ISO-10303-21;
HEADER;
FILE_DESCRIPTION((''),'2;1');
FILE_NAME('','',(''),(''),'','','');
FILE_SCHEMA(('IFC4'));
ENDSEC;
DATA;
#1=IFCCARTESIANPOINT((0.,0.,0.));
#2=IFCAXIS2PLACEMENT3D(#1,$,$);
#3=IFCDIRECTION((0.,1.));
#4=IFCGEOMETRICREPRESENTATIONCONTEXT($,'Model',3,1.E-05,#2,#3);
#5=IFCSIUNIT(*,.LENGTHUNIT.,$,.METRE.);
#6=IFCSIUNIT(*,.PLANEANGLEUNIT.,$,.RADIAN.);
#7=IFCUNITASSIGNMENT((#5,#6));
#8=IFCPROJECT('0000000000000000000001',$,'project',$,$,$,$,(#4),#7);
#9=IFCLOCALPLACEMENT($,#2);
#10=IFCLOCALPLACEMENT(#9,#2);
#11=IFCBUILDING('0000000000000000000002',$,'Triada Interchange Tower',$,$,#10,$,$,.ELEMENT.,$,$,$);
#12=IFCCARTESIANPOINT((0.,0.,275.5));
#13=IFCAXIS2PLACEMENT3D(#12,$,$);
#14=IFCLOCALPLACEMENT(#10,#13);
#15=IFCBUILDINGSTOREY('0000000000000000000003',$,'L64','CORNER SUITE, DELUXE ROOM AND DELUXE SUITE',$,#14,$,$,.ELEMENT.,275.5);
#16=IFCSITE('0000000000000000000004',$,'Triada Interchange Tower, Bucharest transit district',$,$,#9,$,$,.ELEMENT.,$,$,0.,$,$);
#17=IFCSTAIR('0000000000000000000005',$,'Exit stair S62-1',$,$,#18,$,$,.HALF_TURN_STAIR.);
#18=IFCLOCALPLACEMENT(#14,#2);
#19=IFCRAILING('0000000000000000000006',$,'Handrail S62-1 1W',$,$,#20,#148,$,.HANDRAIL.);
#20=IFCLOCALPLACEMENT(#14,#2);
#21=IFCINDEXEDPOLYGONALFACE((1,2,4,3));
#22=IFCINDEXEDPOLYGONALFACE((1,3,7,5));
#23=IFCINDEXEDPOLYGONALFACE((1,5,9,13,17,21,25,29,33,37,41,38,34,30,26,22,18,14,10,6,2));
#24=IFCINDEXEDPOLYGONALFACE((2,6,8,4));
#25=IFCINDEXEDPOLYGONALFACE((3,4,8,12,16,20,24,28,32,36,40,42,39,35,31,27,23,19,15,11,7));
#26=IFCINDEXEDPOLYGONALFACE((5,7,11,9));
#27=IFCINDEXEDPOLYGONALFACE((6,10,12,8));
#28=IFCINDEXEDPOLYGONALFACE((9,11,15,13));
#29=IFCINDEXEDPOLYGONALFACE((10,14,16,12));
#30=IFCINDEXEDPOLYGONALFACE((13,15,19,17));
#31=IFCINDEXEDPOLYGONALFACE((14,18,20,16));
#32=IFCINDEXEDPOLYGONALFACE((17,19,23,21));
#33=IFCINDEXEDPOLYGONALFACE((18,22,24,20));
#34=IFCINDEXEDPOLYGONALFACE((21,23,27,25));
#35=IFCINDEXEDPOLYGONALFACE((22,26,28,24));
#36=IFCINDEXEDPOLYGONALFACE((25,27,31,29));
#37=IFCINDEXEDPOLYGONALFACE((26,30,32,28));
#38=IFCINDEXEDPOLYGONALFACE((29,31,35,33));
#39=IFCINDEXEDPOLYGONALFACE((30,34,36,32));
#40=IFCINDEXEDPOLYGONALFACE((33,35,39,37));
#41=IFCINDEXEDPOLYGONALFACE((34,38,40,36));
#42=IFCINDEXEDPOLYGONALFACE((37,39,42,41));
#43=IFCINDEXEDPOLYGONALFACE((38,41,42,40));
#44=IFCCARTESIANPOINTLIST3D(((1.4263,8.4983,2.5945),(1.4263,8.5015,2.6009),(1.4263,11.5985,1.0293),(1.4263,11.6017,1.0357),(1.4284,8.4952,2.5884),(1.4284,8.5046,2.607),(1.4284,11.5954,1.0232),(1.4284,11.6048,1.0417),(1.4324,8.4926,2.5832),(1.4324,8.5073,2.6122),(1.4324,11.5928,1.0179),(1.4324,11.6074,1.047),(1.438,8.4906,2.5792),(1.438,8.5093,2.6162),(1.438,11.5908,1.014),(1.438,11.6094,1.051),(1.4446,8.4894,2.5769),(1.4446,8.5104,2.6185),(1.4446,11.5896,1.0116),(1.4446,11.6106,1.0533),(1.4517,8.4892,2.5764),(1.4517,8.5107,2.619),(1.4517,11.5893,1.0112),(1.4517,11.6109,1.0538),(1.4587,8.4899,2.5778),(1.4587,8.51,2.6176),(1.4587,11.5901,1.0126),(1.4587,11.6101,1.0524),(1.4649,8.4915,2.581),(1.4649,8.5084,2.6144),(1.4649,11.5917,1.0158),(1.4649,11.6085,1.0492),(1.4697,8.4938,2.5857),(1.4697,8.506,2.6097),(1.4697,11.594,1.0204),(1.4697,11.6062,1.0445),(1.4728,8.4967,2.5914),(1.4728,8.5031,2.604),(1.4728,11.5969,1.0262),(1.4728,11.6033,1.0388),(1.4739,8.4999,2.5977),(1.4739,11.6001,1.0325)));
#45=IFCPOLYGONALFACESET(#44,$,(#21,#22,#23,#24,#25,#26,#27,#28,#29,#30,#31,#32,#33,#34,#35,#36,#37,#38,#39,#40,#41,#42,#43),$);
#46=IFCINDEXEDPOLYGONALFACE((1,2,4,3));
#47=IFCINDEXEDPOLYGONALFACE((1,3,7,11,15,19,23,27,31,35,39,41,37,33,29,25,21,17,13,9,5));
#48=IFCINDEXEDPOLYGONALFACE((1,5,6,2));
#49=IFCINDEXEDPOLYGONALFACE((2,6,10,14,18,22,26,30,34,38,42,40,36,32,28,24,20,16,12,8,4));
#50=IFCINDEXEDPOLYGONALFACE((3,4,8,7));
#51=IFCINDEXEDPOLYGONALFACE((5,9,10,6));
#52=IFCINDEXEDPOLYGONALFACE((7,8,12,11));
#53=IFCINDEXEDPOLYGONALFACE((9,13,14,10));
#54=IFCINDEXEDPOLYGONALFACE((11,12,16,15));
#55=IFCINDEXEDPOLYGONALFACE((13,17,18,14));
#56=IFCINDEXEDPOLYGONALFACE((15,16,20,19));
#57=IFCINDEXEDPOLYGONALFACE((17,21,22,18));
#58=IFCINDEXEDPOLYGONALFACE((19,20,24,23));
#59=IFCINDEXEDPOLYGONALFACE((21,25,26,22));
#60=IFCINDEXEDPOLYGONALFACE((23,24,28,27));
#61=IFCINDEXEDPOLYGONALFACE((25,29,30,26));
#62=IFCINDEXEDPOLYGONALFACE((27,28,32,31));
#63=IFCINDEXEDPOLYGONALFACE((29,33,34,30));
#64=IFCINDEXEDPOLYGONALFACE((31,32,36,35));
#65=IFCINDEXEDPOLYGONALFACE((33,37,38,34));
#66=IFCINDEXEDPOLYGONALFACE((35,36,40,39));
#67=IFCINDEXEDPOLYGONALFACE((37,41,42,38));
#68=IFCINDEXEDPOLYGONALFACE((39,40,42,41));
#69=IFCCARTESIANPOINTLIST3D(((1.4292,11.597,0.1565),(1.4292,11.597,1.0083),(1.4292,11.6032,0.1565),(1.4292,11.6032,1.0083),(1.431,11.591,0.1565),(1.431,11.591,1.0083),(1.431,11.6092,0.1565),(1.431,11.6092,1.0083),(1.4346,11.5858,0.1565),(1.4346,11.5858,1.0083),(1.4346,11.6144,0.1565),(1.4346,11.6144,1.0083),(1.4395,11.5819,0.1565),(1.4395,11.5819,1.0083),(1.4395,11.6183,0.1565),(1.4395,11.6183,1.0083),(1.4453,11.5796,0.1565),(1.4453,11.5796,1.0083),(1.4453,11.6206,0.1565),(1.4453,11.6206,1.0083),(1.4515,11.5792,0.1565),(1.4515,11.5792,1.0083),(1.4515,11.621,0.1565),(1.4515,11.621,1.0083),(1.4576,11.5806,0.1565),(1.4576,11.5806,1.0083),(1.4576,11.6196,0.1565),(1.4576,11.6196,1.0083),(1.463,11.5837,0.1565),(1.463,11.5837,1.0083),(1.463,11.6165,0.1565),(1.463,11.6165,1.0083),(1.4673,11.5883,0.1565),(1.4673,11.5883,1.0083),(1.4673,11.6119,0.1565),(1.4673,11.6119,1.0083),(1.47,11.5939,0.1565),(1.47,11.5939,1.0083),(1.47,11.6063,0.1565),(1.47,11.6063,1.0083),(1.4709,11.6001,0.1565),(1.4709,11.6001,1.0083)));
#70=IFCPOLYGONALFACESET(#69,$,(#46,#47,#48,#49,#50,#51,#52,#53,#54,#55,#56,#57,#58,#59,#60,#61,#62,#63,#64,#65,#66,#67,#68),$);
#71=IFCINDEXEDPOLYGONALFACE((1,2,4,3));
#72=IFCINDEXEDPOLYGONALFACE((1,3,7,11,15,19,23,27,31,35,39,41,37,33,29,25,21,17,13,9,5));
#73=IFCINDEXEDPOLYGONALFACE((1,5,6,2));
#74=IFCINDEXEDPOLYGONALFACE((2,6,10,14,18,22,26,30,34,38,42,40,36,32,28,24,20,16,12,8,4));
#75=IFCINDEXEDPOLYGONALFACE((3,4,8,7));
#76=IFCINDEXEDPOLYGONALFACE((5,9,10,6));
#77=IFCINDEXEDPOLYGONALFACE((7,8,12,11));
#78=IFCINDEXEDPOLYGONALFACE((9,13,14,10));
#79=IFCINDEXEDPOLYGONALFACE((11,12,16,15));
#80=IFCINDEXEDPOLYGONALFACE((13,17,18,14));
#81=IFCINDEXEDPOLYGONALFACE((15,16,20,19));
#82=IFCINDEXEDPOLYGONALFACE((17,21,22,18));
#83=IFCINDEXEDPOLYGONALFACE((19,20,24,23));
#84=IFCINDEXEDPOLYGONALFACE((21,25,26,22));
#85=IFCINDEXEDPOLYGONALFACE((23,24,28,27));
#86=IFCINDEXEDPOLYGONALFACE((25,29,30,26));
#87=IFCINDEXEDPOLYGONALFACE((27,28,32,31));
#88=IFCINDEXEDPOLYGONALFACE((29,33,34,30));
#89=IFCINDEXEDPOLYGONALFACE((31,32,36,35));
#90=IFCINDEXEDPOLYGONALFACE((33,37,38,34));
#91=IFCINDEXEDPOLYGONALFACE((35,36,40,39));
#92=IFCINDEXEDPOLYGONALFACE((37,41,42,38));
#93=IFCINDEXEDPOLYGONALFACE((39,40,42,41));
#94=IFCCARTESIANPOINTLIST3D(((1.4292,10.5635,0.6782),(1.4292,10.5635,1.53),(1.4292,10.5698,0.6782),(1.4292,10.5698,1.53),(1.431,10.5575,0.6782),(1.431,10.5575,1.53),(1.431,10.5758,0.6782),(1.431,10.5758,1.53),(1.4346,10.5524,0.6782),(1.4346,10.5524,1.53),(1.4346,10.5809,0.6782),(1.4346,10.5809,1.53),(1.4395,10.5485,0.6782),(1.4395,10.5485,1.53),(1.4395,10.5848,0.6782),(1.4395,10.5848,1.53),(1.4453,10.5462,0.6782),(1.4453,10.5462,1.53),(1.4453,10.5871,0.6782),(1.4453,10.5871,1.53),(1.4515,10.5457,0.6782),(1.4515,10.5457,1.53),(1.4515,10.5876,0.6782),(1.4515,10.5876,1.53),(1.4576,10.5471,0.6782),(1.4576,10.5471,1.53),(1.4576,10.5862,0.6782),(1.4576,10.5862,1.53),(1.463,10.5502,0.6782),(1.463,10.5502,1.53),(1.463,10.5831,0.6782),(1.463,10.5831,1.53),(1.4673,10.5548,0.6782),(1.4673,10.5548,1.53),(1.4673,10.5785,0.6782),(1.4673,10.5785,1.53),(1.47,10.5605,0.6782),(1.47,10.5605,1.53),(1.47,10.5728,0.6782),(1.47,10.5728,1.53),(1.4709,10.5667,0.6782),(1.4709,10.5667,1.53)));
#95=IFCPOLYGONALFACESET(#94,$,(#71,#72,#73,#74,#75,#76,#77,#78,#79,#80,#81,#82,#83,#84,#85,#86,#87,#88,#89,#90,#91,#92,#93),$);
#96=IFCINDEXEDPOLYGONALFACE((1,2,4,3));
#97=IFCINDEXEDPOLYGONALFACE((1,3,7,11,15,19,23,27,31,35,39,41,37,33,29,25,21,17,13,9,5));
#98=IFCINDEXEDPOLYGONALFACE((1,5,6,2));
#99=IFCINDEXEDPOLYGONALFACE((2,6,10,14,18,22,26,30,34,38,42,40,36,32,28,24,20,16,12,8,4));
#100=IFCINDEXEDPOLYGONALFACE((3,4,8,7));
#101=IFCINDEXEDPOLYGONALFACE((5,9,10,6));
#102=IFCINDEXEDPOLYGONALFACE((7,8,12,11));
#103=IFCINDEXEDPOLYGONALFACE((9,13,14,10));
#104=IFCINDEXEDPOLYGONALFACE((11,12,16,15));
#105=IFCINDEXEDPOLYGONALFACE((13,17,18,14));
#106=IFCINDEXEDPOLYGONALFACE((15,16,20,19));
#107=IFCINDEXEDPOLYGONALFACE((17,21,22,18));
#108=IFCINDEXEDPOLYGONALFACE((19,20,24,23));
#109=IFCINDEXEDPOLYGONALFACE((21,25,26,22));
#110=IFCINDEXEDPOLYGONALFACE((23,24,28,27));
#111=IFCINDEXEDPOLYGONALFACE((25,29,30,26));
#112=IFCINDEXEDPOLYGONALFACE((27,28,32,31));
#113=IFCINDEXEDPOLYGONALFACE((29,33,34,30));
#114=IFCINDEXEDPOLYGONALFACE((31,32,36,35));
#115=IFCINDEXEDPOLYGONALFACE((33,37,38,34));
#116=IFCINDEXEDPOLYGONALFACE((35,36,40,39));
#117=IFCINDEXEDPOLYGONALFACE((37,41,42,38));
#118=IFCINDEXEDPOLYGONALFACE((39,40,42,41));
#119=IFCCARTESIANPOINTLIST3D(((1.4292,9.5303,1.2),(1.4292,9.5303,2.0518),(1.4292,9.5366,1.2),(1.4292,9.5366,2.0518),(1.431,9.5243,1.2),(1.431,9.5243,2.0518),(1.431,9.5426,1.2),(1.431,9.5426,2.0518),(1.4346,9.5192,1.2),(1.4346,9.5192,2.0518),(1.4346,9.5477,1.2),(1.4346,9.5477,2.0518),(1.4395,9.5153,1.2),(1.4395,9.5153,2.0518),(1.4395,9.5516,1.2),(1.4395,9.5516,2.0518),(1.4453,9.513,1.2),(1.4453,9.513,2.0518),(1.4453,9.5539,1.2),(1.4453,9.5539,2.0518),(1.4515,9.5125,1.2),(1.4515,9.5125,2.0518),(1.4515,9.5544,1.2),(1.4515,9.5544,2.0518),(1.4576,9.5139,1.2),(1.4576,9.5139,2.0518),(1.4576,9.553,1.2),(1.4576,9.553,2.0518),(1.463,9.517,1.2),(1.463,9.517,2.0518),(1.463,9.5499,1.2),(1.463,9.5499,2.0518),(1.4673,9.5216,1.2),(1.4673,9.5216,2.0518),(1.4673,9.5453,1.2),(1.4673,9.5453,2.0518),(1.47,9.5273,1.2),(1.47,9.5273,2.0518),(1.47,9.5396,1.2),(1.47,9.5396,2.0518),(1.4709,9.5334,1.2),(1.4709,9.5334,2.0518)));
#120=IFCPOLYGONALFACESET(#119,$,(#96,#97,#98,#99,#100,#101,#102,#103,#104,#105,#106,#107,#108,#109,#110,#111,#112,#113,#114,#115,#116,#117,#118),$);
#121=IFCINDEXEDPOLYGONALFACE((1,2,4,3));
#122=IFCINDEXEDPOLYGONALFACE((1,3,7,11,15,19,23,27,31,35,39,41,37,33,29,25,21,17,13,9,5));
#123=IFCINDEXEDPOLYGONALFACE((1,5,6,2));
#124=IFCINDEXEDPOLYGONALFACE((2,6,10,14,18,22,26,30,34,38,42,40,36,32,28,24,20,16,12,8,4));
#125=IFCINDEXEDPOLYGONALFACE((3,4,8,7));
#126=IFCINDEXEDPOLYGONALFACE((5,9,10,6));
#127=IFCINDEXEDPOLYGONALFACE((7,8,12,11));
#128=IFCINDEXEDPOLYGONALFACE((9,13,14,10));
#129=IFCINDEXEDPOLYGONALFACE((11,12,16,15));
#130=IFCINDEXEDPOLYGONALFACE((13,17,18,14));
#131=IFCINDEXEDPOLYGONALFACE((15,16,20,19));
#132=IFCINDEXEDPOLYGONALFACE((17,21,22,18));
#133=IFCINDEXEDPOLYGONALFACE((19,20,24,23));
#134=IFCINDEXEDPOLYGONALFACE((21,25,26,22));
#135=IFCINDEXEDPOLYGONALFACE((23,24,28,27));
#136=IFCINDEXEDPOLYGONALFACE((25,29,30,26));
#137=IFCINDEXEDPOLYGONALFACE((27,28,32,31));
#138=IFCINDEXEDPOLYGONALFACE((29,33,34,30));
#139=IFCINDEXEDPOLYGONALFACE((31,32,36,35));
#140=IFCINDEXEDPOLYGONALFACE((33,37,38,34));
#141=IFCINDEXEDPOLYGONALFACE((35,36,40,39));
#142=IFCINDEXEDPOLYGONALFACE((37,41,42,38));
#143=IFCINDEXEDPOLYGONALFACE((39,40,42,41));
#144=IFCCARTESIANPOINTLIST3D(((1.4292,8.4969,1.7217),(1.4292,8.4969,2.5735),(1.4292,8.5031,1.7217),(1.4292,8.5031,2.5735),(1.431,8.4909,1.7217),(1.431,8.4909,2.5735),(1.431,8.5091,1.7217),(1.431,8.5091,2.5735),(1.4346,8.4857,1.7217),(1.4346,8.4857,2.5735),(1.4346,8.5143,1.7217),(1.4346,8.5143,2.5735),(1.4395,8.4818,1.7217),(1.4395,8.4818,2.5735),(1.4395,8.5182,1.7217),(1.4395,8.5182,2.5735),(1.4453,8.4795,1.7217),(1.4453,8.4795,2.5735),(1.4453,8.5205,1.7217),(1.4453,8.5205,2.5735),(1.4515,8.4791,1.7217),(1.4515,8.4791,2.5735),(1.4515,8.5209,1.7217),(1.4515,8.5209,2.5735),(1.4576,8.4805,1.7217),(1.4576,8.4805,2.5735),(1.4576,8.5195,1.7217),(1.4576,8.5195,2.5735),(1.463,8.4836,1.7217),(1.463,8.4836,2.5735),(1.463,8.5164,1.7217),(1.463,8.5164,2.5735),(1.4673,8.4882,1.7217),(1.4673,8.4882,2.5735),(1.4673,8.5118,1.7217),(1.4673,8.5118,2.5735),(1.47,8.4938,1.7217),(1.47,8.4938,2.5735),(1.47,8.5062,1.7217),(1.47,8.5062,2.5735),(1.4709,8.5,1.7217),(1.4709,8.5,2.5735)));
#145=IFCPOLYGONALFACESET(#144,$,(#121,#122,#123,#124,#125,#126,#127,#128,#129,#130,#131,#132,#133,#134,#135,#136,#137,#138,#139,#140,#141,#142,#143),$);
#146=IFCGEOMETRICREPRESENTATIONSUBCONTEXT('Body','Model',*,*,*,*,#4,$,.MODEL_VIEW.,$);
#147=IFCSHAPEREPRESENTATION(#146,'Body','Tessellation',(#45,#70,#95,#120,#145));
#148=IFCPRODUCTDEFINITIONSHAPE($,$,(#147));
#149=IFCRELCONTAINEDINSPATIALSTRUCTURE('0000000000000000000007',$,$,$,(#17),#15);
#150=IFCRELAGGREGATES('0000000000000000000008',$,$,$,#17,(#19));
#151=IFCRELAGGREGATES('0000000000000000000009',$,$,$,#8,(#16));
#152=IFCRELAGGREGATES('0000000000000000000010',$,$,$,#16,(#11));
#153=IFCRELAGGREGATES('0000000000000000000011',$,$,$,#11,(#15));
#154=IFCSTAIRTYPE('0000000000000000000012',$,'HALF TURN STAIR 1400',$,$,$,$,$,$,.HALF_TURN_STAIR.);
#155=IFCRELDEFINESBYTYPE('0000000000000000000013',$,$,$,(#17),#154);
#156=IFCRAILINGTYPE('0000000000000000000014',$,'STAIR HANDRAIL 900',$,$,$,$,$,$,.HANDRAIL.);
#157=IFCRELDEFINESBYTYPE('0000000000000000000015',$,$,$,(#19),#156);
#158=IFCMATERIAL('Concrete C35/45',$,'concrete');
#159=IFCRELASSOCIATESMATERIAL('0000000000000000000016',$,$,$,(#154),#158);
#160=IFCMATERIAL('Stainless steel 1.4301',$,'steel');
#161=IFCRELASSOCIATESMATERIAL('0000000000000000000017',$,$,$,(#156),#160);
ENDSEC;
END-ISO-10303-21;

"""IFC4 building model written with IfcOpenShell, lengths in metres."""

from ifc_helpers import new_model, si_unit, direction, frame, origin, origin_2d, place, context, subcontext, project, spatial, circle, extrude, material, type_object, element, aggregate, save


model = new_model("IFC4")

# Units and contexts
model_context = context("Model", 3, precision=1e-05, world=origin(), true_north=direction((0.0, 1.0)))
body_context = subcontext(model_context, "Body", "Model", "MODEL_VIEW")
ifc_project = project(units=[si_unit("LENGTHUNIT", "METRE"), si_unit("PLANEANGLEUNIT", "RADIAN")], contexts=[model_context])

# Site, building, storey
site_placement = place(None, origin())
site = spatial("IfcSite", under=ifc_project, at=site_placement, Name="Triada Interchange Tower, Bucharest transit district", CompositionType="ELEMENT", RefElevation=0.0)
building_placement = place(site_placement, origin())
building = spatial("IfcBuilding", under=site, at=building_placement, Name="Triada Interchange Tower", CompositionType="ELEMENT")
storey_placement = place(building_placement, frame((0.0, 0.0, 275.5)))
storey = spatial("IfcBuildingStorey", under=building, at=storey_placement, Name="L64", Description="CORNER SUITE, DELUXE ROOM AND DELUXE SUITE", CompositionType="ELEMENT", Elevation=275.5)

# Stair
ifc_material_1 = material(Name="Concrete C35/45", Category="concrete")
stair_type = type_object("IfcStairType", Name="HALF TURN STAIR 1400", PredefinedType="HALF_TURN_STAIR", material=ifc_material_1)
stair_placement = place(storey_placement, origin())
stair = element("IfcStair", 1, at=stair_placement, inside=storey, type_object=stair_type, Name="Exit stair S62-1", PredefinedType="HALF_TURN_STAIR")

# Railing
ifc_material_2 = material(Name="Stainless steel 1.4301", Category="steel")
railing_type = type_object("IfcRailingType", Name="STAIR HANDRAIL 900", PredefinedType="HANDRAIL", material=ifc_material_2)
railing_1_placement = place(storey_placement, frame((1.45, 11.6001, 0.1565)))
railing_1 = element("IfcRailing", 2, at=railing_1_placement, type_object=railing_type, Name="Handrail S62-1 1W", PredefinedType="HANDRAIL", context=body_context, shape_type="SweptSolid", body=[
    extrude(circle(Radius=0.0239, at=origin_2d()), frame((0.0, 0.0, 0.876), z_axis=(0.0, -0.892677, 0.450697), x_axis=(1.0, 0.0, 0.0)), (0.0, 0.0, 1.0), 3.4729),
    extrude(circle(Radius=0.021, at=origin_2d()), origin(), (0.0, 0.0, 1.0), 0.8518),
    extrude(circle(Radius=0.021, at=origin_2d()), frame((0.0, -1.0334, 0.5217)), (0.0, 0.0, 1.0), 0.8518),
    extrude(circle(Radius=0.021, at=origin_2d()), frame((0.0, -2.0667, 1.0435)), (0.0, 0.0, 1.0), 0.8518),
    extrude(circle(Radius=0.021, at=origin_2d()), frame((0.0, -3.1001, 1.5652)), (0.0, 0.0, 1.0), 0.8518),
])
aggregate(stair, [railing_1])

save(model, "model.ifc")
